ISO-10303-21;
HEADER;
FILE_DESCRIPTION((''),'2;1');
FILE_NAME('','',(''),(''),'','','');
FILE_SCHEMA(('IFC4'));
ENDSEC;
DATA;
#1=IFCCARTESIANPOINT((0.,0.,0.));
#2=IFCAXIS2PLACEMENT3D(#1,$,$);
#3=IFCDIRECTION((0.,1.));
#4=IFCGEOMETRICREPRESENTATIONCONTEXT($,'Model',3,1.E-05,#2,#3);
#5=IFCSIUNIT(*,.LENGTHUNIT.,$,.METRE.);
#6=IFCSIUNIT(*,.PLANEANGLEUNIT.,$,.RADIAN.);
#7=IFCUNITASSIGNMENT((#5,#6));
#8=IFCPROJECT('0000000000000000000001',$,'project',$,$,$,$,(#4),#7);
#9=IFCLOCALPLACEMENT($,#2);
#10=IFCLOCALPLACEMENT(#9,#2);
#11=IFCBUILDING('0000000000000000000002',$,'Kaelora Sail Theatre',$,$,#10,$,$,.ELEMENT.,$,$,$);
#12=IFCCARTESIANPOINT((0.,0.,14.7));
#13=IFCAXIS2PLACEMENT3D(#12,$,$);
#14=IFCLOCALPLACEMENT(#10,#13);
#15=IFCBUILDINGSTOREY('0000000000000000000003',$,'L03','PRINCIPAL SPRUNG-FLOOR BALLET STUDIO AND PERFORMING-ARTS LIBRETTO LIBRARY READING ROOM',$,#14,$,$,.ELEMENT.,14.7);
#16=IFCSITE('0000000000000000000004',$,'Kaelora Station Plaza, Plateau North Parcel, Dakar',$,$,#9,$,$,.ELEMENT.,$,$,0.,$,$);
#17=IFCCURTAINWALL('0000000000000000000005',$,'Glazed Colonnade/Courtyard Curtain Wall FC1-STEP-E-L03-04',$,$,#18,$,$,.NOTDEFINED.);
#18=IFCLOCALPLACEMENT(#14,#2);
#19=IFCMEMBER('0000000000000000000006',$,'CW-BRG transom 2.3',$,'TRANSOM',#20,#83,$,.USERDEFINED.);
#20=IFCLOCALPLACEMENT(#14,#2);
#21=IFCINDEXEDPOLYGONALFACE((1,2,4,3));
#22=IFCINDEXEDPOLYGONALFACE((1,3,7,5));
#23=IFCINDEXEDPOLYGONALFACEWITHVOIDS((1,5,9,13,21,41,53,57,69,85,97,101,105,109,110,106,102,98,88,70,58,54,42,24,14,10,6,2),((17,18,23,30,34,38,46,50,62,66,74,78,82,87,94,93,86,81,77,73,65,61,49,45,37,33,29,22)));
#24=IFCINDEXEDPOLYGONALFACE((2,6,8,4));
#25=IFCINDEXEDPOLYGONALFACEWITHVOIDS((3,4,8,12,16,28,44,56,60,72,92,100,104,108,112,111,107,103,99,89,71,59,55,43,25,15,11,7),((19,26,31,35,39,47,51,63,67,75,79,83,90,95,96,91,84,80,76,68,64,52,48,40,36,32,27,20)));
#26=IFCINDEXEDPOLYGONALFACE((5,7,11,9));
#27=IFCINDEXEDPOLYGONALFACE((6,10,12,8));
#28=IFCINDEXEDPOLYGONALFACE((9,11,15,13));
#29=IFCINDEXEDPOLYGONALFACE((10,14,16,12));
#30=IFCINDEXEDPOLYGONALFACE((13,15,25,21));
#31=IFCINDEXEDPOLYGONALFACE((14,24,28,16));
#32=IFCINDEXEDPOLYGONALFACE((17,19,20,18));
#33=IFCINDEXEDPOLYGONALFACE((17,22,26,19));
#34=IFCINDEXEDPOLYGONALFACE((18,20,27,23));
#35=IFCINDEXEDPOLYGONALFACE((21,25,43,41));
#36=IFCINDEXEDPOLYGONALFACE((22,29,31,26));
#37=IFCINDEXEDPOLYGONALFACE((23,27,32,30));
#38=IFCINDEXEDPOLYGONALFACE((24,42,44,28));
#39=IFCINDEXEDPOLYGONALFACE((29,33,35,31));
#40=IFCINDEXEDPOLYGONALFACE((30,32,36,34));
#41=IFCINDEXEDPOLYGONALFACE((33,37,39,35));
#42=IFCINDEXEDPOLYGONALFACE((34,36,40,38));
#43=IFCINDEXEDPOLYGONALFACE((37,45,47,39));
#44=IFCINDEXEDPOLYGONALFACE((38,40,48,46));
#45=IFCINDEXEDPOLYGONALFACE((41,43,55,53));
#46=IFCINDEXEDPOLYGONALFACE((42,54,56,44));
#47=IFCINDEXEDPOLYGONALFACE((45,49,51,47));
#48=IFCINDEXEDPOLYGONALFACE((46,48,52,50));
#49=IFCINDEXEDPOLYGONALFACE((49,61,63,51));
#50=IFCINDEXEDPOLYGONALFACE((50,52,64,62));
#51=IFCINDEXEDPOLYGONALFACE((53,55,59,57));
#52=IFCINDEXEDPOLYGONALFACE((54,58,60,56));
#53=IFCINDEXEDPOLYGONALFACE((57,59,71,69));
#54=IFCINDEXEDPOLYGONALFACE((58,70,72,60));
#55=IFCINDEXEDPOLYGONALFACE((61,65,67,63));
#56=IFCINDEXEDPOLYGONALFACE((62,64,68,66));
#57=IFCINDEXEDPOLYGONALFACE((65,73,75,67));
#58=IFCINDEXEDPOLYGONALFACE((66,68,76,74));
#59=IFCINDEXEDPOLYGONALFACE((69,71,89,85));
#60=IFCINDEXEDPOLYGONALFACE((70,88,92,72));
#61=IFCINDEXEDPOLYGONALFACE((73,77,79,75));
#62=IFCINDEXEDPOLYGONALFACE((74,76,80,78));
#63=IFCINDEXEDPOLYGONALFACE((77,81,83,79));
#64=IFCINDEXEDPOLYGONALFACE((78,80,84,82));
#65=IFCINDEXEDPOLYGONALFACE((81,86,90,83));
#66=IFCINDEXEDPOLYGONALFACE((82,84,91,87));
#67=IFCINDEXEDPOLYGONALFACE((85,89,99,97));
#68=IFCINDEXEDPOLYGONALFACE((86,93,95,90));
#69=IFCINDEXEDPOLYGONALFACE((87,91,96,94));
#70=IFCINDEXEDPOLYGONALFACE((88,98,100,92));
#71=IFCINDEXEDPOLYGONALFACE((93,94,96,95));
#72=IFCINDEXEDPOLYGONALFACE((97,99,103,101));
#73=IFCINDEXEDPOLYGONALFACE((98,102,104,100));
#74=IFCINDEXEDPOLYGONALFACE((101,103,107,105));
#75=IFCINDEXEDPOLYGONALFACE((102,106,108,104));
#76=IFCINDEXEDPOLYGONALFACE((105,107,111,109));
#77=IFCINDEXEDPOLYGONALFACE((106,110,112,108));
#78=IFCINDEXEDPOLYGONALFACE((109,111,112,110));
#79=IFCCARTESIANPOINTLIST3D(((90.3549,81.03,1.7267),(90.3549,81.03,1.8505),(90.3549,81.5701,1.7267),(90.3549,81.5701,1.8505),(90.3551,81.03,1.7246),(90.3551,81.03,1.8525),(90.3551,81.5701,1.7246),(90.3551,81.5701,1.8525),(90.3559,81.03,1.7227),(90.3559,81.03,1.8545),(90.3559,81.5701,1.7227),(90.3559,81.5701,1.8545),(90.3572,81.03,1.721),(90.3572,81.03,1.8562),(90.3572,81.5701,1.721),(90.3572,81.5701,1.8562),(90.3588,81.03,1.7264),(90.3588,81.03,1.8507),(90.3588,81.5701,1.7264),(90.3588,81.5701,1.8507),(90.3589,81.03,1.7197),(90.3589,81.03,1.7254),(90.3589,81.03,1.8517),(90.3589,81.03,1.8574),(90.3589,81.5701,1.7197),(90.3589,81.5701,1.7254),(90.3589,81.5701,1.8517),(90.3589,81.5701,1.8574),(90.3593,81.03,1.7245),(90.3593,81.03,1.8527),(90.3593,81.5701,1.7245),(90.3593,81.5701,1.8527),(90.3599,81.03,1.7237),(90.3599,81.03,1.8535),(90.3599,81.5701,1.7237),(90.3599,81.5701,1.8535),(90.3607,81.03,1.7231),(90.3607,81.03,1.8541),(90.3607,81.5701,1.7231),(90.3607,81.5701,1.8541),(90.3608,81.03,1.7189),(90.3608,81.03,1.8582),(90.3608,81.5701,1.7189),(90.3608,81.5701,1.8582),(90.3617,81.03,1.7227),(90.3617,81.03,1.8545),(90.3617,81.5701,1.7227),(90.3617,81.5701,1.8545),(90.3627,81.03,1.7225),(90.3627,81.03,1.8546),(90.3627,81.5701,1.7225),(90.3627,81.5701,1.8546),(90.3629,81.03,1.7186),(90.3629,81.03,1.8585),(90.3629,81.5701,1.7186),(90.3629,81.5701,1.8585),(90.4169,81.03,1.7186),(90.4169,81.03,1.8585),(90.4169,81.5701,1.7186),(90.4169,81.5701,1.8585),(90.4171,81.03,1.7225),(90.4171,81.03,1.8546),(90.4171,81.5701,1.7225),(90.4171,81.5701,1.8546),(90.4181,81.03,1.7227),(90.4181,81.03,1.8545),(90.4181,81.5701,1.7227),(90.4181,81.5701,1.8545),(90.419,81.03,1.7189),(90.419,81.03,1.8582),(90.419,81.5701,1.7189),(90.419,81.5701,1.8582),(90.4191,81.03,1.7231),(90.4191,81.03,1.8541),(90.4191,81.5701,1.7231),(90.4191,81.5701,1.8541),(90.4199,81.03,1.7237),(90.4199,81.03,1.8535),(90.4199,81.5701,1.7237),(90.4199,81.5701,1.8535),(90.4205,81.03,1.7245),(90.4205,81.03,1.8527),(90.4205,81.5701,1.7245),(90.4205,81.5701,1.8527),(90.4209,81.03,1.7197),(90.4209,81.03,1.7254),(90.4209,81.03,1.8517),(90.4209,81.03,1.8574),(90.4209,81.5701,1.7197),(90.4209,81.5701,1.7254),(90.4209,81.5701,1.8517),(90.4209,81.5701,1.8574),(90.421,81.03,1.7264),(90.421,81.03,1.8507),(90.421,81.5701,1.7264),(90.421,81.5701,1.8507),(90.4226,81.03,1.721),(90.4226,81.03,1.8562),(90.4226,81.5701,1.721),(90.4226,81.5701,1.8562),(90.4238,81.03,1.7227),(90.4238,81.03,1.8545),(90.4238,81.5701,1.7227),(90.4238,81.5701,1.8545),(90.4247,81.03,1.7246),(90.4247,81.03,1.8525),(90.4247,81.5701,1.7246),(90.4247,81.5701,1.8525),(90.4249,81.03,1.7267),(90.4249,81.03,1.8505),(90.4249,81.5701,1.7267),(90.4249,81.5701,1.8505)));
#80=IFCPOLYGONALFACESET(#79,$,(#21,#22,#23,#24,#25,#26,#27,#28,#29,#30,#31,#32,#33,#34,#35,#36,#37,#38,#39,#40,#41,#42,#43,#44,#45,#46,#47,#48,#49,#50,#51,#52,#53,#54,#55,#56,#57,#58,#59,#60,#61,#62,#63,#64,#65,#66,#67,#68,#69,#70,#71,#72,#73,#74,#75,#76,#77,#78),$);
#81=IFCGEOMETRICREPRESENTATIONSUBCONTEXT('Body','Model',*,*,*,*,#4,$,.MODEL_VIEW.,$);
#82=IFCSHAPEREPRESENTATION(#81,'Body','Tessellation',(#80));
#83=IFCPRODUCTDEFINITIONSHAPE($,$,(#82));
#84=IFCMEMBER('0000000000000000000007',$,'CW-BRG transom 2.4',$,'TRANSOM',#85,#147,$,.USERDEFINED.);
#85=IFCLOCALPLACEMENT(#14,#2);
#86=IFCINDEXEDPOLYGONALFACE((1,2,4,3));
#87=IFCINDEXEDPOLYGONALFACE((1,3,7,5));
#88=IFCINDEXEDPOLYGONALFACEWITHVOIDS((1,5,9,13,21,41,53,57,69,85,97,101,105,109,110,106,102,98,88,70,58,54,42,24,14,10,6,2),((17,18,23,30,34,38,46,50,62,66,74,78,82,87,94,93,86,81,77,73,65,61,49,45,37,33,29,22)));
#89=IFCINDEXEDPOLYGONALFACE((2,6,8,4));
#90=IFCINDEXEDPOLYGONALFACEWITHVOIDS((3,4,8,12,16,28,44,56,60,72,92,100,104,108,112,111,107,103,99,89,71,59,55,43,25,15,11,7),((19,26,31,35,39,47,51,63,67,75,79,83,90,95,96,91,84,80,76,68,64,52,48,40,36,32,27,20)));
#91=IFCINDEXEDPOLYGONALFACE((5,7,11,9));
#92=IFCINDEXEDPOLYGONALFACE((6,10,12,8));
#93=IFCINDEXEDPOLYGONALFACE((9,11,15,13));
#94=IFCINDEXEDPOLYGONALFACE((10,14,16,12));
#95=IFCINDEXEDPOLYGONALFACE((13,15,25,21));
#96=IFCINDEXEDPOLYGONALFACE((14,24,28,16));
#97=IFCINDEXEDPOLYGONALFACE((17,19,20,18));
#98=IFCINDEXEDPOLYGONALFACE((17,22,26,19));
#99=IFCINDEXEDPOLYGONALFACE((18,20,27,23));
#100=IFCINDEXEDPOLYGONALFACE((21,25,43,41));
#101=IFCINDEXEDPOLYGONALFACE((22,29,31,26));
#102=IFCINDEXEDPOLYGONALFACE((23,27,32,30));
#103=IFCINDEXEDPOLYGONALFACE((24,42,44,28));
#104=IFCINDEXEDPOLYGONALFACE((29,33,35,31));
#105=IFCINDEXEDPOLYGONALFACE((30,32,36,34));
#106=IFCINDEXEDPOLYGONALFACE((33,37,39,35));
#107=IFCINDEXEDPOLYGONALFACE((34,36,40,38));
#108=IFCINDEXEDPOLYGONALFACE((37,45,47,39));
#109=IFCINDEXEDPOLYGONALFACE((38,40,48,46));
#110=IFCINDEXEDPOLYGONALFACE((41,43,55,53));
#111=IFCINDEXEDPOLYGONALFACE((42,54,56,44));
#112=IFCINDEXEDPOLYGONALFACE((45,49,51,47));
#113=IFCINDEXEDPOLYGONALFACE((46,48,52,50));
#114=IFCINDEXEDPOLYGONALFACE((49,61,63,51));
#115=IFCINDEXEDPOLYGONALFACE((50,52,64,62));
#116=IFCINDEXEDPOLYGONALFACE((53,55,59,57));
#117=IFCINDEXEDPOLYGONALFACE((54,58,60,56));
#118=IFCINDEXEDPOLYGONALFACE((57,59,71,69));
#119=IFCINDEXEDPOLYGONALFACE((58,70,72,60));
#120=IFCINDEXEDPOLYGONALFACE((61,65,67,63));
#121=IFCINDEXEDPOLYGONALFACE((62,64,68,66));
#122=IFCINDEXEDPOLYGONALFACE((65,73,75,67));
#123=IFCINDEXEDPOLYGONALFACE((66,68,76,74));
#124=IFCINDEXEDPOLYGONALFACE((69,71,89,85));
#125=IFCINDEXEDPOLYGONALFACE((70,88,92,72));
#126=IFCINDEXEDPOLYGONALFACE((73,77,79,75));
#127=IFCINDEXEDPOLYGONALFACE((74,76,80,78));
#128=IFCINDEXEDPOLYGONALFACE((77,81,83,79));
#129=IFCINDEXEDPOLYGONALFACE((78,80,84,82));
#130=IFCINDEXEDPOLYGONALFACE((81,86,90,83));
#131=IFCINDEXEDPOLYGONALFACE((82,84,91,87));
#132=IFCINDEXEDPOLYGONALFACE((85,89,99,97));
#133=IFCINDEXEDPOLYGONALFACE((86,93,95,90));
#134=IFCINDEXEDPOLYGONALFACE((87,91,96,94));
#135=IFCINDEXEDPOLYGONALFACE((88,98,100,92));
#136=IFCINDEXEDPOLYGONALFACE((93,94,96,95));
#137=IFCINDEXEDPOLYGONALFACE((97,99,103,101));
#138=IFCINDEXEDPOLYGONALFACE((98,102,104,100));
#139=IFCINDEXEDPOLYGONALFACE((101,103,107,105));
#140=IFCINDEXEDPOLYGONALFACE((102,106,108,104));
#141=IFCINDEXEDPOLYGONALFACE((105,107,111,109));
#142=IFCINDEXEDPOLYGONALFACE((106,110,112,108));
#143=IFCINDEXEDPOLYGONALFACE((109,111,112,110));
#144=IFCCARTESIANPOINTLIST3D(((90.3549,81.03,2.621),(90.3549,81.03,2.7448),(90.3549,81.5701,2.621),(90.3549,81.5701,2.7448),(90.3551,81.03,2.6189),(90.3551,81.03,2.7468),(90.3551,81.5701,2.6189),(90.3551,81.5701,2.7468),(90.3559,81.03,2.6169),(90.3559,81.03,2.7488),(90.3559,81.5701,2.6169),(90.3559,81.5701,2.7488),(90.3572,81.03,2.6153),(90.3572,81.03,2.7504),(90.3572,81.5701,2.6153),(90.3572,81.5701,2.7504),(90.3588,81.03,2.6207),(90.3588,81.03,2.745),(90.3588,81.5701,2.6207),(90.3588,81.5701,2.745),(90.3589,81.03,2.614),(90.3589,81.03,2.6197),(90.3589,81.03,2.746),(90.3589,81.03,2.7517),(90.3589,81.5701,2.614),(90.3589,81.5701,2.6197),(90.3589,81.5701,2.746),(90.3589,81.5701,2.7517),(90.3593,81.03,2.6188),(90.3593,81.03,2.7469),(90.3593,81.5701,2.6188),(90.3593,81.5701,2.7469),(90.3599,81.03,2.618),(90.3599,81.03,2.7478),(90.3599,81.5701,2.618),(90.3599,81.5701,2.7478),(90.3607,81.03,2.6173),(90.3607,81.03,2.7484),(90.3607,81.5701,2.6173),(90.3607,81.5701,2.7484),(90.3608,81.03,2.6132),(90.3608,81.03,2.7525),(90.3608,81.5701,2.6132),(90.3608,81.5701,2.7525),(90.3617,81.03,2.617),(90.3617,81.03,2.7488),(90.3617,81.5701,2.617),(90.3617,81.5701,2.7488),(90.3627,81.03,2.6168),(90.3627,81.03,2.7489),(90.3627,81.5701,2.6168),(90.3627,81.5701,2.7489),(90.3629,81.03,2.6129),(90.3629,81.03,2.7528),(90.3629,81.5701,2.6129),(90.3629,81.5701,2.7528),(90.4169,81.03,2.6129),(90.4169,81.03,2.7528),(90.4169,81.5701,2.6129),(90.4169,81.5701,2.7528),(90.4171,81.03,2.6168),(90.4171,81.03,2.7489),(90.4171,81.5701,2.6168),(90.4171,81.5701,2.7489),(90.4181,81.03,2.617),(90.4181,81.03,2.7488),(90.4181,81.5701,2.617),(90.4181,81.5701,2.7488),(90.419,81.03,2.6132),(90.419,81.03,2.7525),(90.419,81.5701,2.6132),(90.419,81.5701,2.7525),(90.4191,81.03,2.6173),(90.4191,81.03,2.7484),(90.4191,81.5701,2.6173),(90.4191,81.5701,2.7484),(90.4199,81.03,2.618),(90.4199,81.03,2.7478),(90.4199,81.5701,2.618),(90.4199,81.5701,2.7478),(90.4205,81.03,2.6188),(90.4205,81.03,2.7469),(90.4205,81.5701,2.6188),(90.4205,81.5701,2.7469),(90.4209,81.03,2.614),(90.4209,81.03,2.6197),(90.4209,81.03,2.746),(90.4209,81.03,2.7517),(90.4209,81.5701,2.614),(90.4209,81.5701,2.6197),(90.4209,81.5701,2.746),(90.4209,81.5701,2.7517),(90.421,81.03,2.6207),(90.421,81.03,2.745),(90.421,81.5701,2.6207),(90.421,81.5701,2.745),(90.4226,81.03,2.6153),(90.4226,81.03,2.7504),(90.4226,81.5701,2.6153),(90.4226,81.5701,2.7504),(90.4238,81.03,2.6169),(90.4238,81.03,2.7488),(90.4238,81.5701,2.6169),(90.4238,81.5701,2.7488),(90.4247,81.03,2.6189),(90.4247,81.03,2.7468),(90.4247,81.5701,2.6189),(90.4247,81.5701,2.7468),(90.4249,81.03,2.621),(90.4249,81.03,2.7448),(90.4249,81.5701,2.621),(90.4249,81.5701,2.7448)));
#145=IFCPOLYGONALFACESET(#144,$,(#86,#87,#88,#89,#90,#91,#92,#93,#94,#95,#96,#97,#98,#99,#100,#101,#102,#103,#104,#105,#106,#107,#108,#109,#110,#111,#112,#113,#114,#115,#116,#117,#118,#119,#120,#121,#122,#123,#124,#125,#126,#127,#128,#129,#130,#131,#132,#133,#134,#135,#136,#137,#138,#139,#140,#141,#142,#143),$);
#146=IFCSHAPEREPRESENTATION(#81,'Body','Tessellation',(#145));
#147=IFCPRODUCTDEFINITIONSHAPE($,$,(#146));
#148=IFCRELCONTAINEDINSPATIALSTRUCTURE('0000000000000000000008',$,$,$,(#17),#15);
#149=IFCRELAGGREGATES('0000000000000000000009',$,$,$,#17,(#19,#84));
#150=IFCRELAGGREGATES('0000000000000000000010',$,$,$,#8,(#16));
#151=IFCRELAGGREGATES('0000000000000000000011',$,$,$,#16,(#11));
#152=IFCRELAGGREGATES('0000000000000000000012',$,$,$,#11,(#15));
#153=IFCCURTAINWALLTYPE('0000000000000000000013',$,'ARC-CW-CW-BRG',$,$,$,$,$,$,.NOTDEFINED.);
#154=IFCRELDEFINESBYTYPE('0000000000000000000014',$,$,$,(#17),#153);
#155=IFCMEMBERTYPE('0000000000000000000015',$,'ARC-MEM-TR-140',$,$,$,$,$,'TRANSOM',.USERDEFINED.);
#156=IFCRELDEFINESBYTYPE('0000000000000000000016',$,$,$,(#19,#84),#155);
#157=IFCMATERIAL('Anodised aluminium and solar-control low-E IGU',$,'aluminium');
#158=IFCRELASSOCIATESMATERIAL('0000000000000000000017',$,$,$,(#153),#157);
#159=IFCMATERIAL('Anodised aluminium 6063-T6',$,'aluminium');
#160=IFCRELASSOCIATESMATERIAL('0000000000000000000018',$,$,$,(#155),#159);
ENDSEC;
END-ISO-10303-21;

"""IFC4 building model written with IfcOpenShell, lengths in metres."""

from ifc_helpers import new_model, si_unit, direction, frame, origin, origin_2d, place, context, subcontext, project, spatial, hollow_rectangle, extrude, material, material_profile, profile_set, type_object, element, aggregate, save


model = new_model("IFC4")

# Units and contexts
model_context = context("Model", 3, precision=1e-05, world=origin(), true_north=direction((0.0, 1.0)))
body_context = subcontext(model_context, "Body", "Model", "MODEL_VIEW")
ifc_project = project(units=[si_unit("LENGTHUNIT", "METRE"), si_unit("PLANEANGLEUNIT", "RADIAN")], contexts=[model_context])

# Site, building, storey
site_placement = place(None, origin())
site = spatial("IfcSite", under=ifc_project, at=site_placement, Name="Kaelora Station Plaza, Plateau North Parcel, Dakar", CompositionType="ELEMENT", RefElevation=0.0)
building_placement = place(site_placement, origin())
building = spatial("IfcBuilding", under=site, at=building_placement, Name="Kaelora Sail Theatre", CompositionType="ELEMENT")
storey_placement = place(building_placement, frame((0.0, 0.0, 14.7)))
storey = spatial("IfcBuildingStorey", under=building, at=storey_placement, Name="L03", Description="PRINCIPAL SPRUNG-FLOOR BALLET STUDIO AND PERFORMING-ARTS LIBRETTO LIBRARY READING ROOM", CompositionType="ELEMENT", Elevation=14.7)

# Shared definitions
ifc_material_1 = material(Name="Anodised aluminium and solar-control low-E IGU", Category="aluminium")
curtain_wall_type = type_object("IfcCurtainWallType", Name="ARC-CW-CW-BRG", PredefinedType="NOTDEFINED", material=ifc_material_1)

# Curtain wall
curtain_wall_1_placement = place(storey_placement, origin())
curtain_wall_1 = element("IfcCurtainWall", 1, at=curtain_wall_1_placement, inside=storey, type_object=curtain_wall_type, Name="Glazed Colonnade/Courtyard Curtain Wall FC1-STEP-E-L03-04", PredefinedType="NOTDEFINED")

# Members
ifc_material_2 = material(Name="Anodised aluminium 6063-T6", Category="aluminium")
ifc_material_profile_1 = material_profile(ifc_material_2, hollow_rectangle(XDim=0.0701, YDim=0.1399, WallThickness=0.0039, InnerFilletRadius=0.0039, OuterFilletRadius=0.0081, at=origin_2d()), Name="ALU-TRAN 70x140x4")
ifc_profile_set_1 = profile_set([ifc_material_profile_1], Name="Anodised aluminium 6063-T6")
member_type_1 = type_object("IfcMemberType", Name="ARC-MEM-TR-140", ElementType="TRANSOM", PredefinedType="USERDEFINED", material=ifc_profile_set_1)
member_1_placement = place(storey_placement, frame((90.3899, 81.03, 1.7886), z_axis=(0.0, 1.0, 0.0), x_axis=(-1.0, 0.0, 0.0)))
member_1 = element("IfcMember", 2, at=member_1_placement, type_object=member_type_1, Name="CW-BRG transom 2.3", ObjectType="TRANSOM", PredefinedType="USERDEFINED", context=body_context, shape_type="SweptSolid", body=[
    extrude(hollow_rectangle(XDim=0.0701, YDim=0.1399, WallThickness=0.0039, InnerFilletRadius=0.0039, OuterFilletRadius=0.0081, at=origin_2d()), origin(), (0.0, 0.0, 1.0), 0.54),
])
member_2_placement = place(storey_placement, frame((90.3899, 81.03, 2.6829), z_axis=(0.0, 1.0, 0.0), x_axis=(-1.0, 0.0, 0.0)))
member_2 = element("IfcMember", 3, at=member_2_placement, type_object=member_type_1, Name="CW-BRG transom 2.4", ObjectType="TRANSOM", PredefinedType="USERDEFINED", context=body_context, shape_type="SweptSolid", body=[
    extrude(hollow_rectangle(XDim=0.0701, YDim=0.1399, WallThickness=0.0039, InnerFilletRadius=0.0039, OuterFilletRadius=0.0081, at=origin_2d()), origin(), (0.0, 0.0, 1.0), 0.54),
])

aggregate(curtain_wall_1, [member_1, member_2])

save(model, "model.ifc")
